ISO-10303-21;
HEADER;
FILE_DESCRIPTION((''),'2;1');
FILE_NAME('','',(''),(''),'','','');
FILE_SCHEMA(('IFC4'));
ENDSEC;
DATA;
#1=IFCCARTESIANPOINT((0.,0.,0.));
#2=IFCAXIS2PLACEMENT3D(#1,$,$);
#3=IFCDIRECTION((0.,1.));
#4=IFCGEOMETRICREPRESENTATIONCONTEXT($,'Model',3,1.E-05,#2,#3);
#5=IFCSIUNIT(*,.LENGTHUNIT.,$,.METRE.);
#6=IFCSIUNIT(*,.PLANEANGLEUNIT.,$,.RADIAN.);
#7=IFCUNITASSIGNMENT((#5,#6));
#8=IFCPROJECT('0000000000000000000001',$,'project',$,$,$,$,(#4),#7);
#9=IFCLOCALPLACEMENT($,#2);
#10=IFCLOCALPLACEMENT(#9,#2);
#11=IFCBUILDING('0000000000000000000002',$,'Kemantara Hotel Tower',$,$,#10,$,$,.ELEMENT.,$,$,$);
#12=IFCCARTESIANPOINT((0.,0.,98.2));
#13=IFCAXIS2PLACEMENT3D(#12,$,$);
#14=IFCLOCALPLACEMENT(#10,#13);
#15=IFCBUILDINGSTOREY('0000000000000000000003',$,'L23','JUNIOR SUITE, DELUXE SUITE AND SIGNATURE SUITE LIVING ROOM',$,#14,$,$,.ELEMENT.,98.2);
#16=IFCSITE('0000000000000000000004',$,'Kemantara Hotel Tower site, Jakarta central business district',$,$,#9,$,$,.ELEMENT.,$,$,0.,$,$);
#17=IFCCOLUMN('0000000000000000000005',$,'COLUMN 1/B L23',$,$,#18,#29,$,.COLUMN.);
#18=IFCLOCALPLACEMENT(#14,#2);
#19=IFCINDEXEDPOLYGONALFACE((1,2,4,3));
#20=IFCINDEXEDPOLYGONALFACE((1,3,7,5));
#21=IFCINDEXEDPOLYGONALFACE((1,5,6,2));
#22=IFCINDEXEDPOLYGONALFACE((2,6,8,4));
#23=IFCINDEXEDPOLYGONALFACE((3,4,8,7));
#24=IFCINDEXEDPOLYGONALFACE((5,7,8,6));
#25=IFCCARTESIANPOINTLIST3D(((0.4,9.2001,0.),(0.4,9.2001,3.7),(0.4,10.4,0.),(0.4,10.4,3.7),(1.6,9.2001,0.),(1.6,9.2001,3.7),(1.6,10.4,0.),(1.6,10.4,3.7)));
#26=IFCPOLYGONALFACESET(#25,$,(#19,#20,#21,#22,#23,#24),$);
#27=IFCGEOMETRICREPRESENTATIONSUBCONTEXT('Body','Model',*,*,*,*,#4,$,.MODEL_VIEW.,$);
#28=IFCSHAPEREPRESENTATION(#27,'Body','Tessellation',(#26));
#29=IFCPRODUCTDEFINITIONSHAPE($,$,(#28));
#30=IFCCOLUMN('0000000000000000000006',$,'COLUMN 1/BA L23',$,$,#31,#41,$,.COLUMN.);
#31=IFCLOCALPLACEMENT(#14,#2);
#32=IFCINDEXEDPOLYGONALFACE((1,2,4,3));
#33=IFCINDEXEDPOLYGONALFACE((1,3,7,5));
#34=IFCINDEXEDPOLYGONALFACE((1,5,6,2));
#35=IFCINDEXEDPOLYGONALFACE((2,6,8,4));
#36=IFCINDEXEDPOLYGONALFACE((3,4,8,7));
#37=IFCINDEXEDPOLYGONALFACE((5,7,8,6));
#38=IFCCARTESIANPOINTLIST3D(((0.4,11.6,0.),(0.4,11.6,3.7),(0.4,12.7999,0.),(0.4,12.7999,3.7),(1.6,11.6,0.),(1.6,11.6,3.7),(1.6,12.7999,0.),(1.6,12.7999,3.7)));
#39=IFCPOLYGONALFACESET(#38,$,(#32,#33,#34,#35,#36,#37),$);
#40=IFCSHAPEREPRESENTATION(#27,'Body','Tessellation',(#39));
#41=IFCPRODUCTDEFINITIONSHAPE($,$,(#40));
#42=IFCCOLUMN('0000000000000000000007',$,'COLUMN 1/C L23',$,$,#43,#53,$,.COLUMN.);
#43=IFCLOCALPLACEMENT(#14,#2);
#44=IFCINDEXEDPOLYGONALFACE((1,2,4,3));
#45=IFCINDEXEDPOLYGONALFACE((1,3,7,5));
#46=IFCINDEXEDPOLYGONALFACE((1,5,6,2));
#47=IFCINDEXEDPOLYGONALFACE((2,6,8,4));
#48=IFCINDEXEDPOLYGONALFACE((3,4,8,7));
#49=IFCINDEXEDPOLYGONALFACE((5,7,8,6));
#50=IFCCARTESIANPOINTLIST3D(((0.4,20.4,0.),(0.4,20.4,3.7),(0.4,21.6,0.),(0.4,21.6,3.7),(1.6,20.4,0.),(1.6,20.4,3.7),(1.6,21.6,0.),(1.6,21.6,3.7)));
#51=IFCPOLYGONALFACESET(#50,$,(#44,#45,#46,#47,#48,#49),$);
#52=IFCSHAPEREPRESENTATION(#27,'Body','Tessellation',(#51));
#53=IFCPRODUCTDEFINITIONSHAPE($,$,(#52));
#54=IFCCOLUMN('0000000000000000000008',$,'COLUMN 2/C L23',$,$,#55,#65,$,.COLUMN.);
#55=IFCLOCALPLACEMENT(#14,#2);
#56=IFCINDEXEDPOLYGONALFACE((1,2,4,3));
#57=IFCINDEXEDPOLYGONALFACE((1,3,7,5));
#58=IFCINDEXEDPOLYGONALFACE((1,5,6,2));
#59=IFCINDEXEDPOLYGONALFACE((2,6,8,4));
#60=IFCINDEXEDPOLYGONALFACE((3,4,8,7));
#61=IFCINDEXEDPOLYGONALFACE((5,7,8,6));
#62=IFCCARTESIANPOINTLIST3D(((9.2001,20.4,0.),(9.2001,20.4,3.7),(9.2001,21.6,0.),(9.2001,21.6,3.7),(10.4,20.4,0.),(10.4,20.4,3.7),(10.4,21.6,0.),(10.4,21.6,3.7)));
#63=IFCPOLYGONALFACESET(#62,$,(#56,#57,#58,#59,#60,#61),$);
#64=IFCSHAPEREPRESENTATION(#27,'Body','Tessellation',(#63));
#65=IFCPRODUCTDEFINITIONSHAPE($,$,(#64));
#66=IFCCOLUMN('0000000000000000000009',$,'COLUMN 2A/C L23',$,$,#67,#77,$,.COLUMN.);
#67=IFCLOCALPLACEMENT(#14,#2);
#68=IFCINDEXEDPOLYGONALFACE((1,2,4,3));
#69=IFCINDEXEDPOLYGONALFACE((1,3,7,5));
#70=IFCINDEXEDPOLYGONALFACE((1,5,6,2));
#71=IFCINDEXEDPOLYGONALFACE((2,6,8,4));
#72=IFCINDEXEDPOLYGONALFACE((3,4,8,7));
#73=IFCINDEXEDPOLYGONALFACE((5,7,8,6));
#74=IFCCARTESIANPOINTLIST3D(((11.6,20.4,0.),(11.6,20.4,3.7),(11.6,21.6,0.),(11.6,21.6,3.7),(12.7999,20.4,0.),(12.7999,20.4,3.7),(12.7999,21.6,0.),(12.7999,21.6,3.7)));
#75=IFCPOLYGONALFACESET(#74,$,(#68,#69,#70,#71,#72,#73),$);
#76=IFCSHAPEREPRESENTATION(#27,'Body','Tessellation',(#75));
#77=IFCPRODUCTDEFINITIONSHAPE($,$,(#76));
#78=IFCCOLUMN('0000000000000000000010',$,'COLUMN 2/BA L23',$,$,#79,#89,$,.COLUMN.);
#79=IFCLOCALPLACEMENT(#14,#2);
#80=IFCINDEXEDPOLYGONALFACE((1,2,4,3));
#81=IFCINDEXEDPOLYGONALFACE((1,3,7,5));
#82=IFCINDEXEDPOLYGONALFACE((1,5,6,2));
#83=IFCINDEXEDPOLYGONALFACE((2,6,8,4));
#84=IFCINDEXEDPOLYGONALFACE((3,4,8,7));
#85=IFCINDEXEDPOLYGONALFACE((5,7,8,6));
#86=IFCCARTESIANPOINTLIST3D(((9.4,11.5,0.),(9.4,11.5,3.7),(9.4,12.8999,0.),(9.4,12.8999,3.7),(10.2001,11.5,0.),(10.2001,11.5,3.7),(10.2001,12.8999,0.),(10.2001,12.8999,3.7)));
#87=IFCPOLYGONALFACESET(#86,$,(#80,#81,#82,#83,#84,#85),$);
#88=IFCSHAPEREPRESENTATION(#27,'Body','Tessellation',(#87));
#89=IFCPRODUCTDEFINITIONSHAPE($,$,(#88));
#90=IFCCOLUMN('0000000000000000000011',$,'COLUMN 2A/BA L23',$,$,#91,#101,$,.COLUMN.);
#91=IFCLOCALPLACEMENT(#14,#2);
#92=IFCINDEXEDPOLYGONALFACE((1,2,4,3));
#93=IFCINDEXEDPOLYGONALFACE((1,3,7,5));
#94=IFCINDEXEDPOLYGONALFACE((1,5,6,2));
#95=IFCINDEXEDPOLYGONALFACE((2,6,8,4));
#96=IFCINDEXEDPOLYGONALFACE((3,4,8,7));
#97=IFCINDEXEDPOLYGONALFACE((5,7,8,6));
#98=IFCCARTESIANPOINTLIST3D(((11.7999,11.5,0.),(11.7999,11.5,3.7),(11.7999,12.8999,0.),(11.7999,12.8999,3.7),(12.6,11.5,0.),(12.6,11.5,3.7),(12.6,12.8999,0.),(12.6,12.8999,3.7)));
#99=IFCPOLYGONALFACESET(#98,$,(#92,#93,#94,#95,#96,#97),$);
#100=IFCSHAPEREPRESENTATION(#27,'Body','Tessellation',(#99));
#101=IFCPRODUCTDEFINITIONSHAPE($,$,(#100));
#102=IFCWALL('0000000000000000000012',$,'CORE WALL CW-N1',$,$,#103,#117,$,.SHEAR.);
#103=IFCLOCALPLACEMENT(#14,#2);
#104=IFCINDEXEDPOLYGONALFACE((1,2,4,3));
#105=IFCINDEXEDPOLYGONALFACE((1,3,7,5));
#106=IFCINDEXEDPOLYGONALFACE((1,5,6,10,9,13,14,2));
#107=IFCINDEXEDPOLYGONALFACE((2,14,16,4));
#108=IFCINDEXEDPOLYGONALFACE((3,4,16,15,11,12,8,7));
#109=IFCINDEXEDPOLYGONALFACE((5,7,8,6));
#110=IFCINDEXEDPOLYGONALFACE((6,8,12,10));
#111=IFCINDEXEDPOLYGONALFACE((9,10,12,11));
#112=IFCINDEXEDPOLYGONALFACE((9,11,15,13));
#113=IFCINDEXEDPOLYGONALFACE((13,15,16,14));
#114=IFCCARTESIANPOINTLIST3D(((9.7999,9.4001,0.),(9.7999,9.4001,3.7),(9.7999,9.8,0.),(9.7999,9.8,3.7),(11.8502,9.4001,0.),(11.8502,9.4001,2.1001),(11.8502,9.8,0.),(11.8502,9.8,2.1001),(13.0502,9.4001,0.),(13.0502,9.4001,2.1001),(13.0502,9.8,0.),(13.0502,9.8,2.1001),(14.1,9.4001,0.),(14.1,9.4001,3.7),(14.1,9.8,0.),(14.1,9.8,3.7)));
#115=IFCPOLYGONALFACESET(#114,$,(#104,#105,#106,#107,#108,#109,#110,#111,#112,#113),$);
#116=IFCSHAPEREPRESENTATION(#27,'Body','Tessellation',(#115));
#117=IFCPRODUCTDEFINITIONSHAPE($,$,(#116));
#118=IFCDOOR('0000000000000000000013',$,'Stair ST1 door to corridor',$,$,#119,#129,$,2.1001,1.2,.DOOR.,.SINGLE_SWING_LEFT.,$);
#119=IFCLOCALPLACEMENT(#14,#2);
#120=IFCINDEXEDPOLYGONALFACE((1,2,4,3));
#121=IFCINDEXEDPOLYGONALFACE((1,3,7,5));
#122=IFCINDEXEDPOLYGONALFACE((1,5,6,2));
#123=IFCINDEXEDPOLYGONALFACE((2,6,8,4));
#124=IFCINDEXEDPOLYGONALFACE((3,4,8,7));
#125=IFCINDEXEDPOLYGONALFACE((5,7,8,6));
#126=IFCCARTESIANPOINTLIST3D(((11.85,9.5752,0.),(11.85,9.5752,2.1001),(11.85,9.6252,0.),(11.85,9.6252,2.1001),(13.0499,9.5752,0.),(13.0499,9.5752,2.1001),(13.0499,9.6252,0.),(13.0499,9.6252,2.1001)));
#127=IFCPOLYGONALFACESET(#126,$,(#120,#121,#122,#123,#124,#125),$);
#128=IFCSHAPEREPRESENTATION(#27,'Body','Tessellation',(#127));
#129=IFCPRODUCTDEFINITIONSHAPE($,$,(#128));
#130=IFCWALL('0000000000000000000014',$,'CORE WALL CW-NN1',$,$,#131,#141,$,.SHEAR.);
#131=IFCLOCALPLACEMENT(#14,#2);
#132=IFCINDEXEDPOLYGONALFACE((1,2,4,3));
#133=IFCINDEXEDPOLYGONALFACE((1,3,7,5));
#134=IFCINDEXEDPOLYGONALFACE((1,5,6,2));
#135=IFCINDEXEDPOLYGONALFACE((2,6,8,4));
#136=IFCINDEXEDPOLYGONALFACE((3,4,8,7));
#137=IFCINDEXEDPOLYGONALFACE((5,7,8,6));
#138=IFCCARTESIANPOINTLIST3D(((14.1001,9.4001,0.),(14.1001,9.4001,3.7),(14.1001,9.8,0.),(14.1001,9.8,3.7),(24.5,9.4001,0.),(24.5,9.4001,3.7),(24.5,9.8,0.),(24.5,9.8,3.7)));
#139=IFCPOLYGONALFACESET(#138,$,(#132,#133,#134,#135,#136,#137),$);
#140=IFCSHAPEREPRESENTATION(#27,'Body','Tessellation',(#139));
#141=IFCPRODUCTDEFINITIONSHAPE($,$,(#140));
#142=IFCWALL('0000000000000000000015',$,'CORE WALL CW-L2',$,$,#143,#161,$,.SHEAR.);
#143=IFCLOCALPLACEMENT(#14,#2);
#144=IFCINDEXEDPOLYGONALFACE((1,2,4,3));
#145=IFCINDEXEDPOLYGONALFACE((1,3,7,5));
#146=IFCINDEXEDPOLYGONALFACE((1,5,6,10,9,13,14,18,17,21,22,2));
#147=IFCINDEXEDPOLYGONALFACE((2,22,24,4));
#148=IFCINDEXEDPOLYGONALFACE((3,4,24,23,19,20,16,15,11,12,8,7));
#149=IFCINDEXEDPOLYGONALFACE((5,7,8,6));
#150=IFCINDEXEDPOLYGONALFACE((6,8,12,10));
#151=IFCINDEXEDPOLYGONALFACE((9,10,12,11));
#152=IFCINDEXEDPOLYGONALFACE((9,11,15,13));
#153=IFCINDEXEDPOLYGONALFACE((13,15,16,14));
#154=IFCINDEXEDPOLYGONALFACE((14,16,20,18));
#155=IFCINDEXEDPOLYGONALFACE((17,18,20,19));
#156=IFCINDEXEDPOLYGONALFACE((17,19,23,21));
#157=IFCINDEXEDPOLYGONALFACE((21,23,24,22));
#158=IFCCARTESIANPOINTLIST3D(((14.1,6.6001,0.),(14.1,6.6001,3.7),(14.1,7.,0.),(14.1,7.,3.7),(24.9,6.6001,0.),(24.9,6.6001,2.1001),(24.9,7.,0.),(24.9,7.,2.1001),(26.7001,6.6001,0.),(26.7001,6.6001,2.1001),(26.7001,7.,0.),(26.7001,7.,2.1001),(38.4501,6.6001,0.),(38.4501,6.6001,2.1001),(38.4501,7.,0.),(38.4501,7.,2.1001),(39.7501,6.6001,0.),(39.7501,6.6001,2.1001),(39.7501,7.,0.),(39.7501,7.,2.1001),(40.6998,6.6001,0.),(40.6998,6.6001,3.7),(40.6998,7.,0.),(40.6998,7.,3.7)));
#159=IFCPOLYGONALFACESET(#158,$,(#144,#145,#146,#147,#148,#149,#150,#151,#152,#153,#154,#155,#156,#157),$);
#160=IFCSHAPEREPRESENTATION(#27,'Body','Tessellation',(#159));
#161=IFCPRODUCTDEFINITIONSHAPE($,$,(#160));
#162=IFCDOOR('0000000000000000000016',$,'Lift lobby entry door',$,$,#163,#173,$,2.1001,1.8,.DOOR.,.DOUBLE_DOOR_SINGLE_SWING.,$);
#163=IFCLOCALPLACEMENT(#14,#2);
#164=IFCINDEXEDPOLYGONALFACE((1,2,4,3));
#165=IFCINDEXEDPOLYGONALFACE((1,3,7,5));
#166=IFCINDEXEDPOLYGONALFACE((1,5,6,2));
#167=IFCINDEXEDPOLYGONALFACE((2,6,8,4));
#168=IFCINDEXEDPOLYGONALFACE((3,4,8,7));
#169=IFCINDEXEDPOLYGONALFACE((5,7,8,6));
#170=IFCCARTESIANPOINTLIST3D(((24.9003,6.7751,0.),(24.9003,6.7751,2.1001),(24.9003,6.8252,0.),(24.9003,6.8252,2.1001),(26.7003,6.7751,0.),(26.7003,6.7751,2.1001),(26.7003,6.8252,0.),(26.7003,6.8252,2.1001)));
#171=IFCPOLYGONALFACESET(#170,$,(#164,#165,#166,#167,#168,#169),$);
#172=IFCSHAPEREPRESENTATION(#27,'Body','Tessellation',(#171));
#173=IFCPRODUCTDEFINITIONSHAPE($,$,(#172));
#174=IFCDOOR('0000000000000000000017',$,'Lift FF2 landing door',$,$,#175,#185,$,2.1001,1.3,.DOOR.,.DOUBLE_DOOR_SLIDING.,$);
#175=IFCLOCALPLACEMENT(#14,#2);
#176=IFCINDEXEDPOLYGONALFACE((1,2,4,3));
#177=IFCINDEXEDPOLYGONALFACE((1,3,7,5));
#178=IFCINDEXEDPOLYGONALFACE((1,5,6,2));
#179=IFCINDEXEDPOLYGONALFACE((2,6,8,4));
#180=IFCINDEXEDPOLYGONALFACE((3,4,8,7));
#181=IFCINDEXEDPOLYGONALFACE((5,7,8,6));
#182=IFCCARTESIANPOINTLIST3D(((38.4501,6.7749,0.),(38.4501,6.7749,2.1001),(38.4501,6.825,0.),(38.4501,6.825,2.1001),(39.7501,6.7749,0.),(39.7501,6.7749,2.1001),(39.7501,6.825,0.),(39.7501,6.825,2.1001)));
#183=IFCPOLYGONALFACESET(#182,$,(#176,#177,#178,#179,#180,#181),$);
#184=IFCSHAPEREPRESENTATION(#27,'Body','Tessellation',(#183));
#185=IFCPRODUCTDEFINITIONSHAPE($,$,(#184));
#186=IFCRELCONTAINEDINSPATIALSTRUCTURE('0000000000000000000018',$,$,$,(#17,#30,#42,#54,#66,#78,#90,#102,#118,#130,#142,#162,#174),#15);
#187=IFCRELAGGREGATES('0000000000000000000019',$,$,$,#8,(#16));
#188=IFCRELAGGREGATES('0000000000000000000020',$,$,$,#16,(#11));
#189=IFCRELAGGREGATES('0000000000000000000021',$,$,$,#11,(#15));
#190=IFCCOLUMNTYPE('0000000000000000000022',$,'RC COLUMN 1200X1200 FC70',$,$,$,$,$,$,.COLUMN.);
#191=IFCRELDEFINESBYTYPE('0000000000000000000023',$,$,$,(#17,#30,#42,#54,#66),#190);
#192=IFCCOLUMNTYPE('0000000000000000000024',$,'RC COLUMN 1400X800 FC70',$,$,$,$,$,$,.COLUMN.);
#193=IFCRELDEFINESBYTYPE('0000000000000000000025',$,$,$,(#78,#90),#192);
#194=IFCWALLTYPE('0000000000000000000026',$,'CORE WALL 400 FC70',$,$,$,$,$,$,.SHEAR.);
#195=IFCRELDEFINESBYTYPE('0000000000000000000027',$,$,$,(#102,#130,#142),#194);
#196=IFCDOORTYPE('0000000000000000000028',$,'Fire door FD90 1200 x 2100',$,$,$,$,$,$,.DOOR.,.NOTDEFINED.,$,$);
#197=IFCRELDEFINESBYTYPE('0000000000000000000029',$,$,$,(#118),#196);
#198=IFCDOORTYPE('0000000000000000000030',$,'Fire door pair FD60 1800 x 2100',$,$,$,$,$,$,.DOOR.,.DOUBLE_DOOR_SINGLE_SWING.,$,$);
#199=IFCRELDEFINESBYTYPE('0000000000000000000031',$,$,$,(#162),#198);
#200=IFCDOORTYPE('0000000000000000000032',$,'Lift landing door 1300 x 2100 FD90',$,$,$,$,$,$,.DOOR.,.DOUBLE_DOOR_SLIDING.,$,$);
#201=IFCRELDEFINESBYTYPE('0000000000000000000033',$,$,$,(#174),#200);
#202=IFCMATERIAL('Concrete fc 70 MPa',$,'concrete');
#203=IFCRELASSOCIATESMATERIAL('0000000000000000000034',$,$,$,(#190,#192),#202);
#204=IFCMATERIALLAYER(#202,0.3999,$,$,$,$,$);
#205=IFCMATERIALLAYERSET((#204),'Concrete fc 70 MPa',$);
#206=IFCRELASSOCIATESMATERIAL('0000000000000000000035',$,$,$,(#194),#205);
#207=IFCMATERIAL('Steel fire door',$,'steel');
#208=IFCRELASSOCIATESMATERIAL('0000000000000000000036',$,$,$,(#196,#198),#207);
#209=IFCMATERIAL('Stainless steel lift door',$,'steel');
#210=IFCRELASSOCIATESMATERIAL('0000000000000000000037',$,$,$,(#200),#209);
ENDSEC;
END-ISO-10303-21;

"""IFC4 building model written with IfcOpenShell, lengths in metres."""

from ifc_helpers import new_model, si_unit, direction, frame, frame_2d, origin, origin_2d, place, context, subcontext, project, spatial, rectangle, extrude, material, layer, layer_set, material_profile, profile_set, type_object, element, fill, save


model = new_model("IFC4")

# Units and contexts
model_context = context("Model", 3, precision=1e-05, world=origin(), true_north=direction((0.0, 1.0)))
body_context = subcontext(model_context, "Body", "Model", "MODEL_VIEW")
ifc_project = project(units=[si_unit("LENGTHUNIT", "METRE"), si_unit("PLANEANGLEUNIT", "RADIAN")], contexts=[model_context])

# Site, building, storey
site_placement = place(None, origin())
site = spatial("IfcSite", under=ifc_project, at=site_placement, Name="Kemantara Hotel Tower site, Jakarta central business district", CompositionType="ELEMENT", RefElevation=0.0)
building_placement = place(site_placement, origin())
building = spatial("IfcBuilding", under=site, at=building_placement, Name="Kemantara Hotel Tower", CompositionType="ELEMENT")
storey_placement = place(building_placement, frame((0.0, 0.0, 98.2)))
storey = spatial("IfcBuildingStorey", under=building, at=storey_placement, Name="L23", Description="JUNIOR SUITE, DELUXE SUITE AND SIGNATURE SUITE LIVING ROOM", CompositionType="ELEMENT", Elevation=98.2)

# Columns
ifc_material_1 = material(Name="Concrete fc 70 MPa", Category="concrete")
ifc_material_profile_1 = material_profile(ifc_material_1, rectangle(XDim=1.2, YDim=1.2, at=origin_2d()), Name="RC 1200X1200")
ifc_profile_set_1 = profile_set([ifc_material_profile_1], Name="Concrete fc 70 MPa")
column_type_1 = type_object("IfcColumnType", Name="RC COLUMN 1200X1200 FC70", PredefinedType="COLUMN", material=ifc_profile_set_1)
for number, where, z_axis, x_axis, name in (
    (1, (1.0, 9.8, 0.0), (0.0, 0.0, 1.0), (1.0, 0.0, 0.0), "COLUMN 1/B L23"),
    (2, (1.0, 12.2, 0.0), (0.0, 0.0, 1.0), (1.0, 0.0, 0.0), "COLUMN 1/BA L23"),
    (3, (1.0, 21.0, 0.0), (0.0, 0.0, 1.0), (1.0, 0.0, 0.0), "COLUMN 1/C L23"),
    (4, (9.8, 21.0, 0.0), (0.0, 0.0, 1.0), (1.0, 0.0, 0.0), "COLUMN 2/C L23"),
    (5, (12.2, 21.0, 0.0), (0.0, 0.0, 1.0), (1.0, 0.0, 0.0), "COLUMN 2A/C L23"),
):
    element("IfcColumn", number, at=place(storey_placement, frame(where, z_axis=z_axis, x_axis=x_axis)), inside=storey, type_object=column_type_1, Name=name, PredefinedType="COLUMN", context=body_context, shape_type="SweptSolid", body=[
        extrude(rectangle(XDim=1.2, YDim=1.2, at=origin_2d()), origin(), (0.0, 0.0, 1.0), 3.7),
    ])
ifc_material_profile_2 = material_profile(ifc_material_1, rectangle(XDim=1.3999, YDim=0.8, at=origin_2d()), Name="RC 1400X800")
ifc_profile_set_2 = profile_set([ifc_material_profile_2], Name="Concrete fc 70 MPa")
column_type_2 = type_object("IfcColumnType", Name="RC COLUMN 1400X800 FC70", PredefinedType="COLUMN", material=ifc_profile_set_2)
for number, where, z_axis, x_axis, name in (
    (6, (9.8, 12.2, 0.0), (0.0, 0.0, 1.0), (0.0, 1.0, 0.0), "COLUMN 2/BA L23"),
    (7, (12.2, 12.2, 0.0), (0.0, 0.0, 1.0), (0.0, 1.0, 0.0), "COLUMN 2A/BA L23"),
):
    element("IfcColumn", number, at=place(storey_placement, frame(where, z_axis=z_axis, x_axis=x_axis)), inside=storey, type_object=column_type_2, Name=name, PredefinedType="COLUMN", context=body_context, shape_type="SweptSolid", body=[
        extrude(rectangle(XDim=1.3999, YDim=0.8, at=origin_2d()), origin(), (0.0, 0.0, 1.0), 3.7),
    ])

# Wall, opening, door
ifc_layer_1 = layer(ifc_material_1, 0.3999)
ifc_layer_set_1 = layer_set([ifc_layer_1], Name="Concrete fc 70 MPa")
wall_type_1 = type_object("IfcWallType", Name="CORE WALL 400 FC70", PredefinedType="SHEAR", material=ifc_layer_set_1)
wall_1_placement = place(storey_placement, frame((9.8, 9.6001, 0.0), z_axis=(0.0, 0.0, 1.0), x_axis=(1.0, 0.0, 0.0)))
wall_1 = element("IfcWall", 8, at=wall_1_placement, inside=storey, type_object=wall_type_1, Name="CORE WALL CW-N1", PredefinedType="SHEAR", context=body_context, shape_type="SweptSolid", body=[
    extrude(rectangle(XDim=4.3, YDim=0.3999, at=frame_2d((2.1499, 0.0))), origin(), (0.0, 0.0, 1.0), 3.7),
])
opening_1_placement = place(wall_1_placement, frame((2.05, 0.0, 0.0)))
opening_1 = element("IfcOpeningElement", 9, at=opening_1_placement, cuts=wall_1, PredefinedType="OPENING", context=body_context, shape_type="SweptSolid", body=[
    extrude(rectangle(XDim=1.2, YDim=2.1001, at=frame_2d((0.6001, 1.05))), frame((0.0, 0.21, 0.0), z_axis=(0.0, -1.0, 0.0), x_axis=(1.0, 0.0, 0.0)), (0.0, 0.0, 1.0), 0.4199),
])
ifc_material_2 = material(Name="Steel fire door", Category="steel")
door_type_1 = type_object("IfcDoorType", Name="Fire door FD90 1200 x 2100", OperationType="NOTDEFINED", PredefinedType="DOOR", material=ifc_material_2)
door_1_placement = place(opening_1_placement, frame((1.2, 0.0, 0.0), z_axis=(0.0, 0.0, 1.0), x_axis=(-1.0, 0.0, 0.0)))
door_1 = element("IfcDoor", 10, at=door_1_placement, inside=storey, type_object=door_type_1, Name="Stair ST1 door to corridor", OperationType="SINGLE_SWING_LEFT", OverallHeight=2.1001, OverallWidth=1.2, PredefinedType="DOOR", context=body_context, shape_type="SweptSolid", body=[
    extrude(rectangle(XDim=1.2, YDim=2.1001, at=frame_2d((0.6001, 1.05))), frame((0.0, 0.0249, 0.0), z_axis=(0.0, -1.0, 0.0), x_axis=(1.0, 0.0, 0.0)), (0.0, 0.0, 1.0), 0.05),
])
fill(opening_1, door_1)

# Wall
wall_2_placement = place(storey_placement, frame((14.1001, 9.6001, 0.0), z_axis=(0.0, 0.0, 1.0), x_axis=(1.0, 0.0, 0.0)))
element("IfcWall", 11, at=wall_2_placement, inside=storey, type_object=wall_type_1, Name="CORE WALL CW-NN1", PredefinedType="SHEAR", context=body_context, shape_type="SweptSolid", body=[
    extrude(rectangle(XDim=10.3999, YDim=0.3999, at=frame_2d((5.2, 0.0))), origin(), (0.0, 0.0, 1.0), 3.7),
])

# Wall, openings, doors
wall_3_placement = place(storey_placement, frame((14.1001, 6.8, 0.0), z_axis=(0.0, 0.0, 1.0), x_axis=(1.0, 0.0, 0.0)))
wall_3 = element("IfcWall", 12, at=wall_3_placement, inside=storey, type_object=wall_type_1, Name="CORE WALL CW-L2", PredefinedType="SHEAR", context=body_context, shape_type="SweptSolid", body=[
    extrude(rectangle(XDim=26.5999, YDim=0.3999, at=frame_2d((13.2998, 0.0))), origin(), (0.0, 0.0, 1.0), 3.7),
])
opening_2_placement = place(wall_3_placement, frame((10.8, 0.0, 0.0)))
opening_2 = element("IfcOpeningElement", 13, at=opening_2_placement, cuts=wall_3, PredefinedType="OPENING", context=body_context, shape_type="SweptSolid", body=[
    extrude(rectangle(XDim=1.8, YDim=2.1001, at=frame_2d((0.8999, 1.05))), frame((0.0, 0.21, 0.0), z_axis=(0.0, -1.0, 0.0), x_axis=(1.0, 0.0, 0.0)), (0.0, 0.0, 1.0), 0.4199),
])
opening_3_placement = place(wall_3_placement, frame((24.3501, 0.0, 0.0)))
opening_3 = element("IfcOpeningElement", 14, at=opening_3_placement, cuts=wall_3, PredefinedType="OPENING", context=body_context, shape_type="SweptSolid", body=[
    extrude(rectangle(XDim=1.3, YDim=2.1001, at=frame_2d((0.6499, 1.05))), frame((0.0, 0.21, 0.0), z_axis=(0.0, -1.0, 0.0), x_axis=(1.0, 0.0, 0.0)), (0.0, 0.0, 1.0), 0.4199),
])
door_type_2 = type_object("IfcDoorType", Name="Fire door pair FD60 1800 x 2100", OperationType="DOUBLE_DOOR_SINGLE_SWING", PredefinedType="DOOR", material=ifc_material_2)
door_2_placement = place(opening_2_placement, frame((1.8, 0.0, 0.0), z_axis=(0.0, 0.0, 1.0), x_axis=(-1.0, 0.0, 0.0)))
door_2 = element("IfcDoor", 15, at=door_2_placement, inside=storey, type_object=door_type_2, Name="Lift lobby entry door", OperationType="DOUBLE_DOOR_SINGLE_SWING", OverallHeight=2.1001, OverallWidth=1.8, PredefinedType="DOOR", context=body_context, shape_type="SweptSolid", body=[
    extrude(rectangle(XDim=1.8, YDim=2.1001, at=frame_2d((0.8999, 1.05))), frame((0.0, 0.0249, 0.0), z_axis=(0.0, -1.0, 0.0), x_axis=(1.0, 0.0, 0.0)), (0.0, 0.0, 1.0), 0.05),
])
fill(opening_2, door_2)
ifc_material_3 = material(Name="Stainless steel lift door", Category="steel")
door_type_3 = type_object("IfcDoorType", Name="Lift landing door 1300 x 2100 FD90", OperationType="DOUBLE_DOOR_SLIDING", PredefinedType="DOOR", material=ifc_material_3)
door_3_placement = place(opening_3_placement, origin())
door_3 = element("IfcDoor", 16, at=door_3_placement, inside=storey, type_object=door_type_3, Name="Lift FF2 landing door", OperationType="DOUBLE_DOOR_SLIDING", OverallHeight=2.1001, OverallWidth=1.3, PredefinedType="DOOR", context=body_context, shape_type="SweptSolid", body=[
    extrude(rectangle(XDim=1.3, YDim=2.1001, at=frame_2d((0.6499, 1.05))), frame((0.0, 0.0249, 0.0), z_axis=(0.0, -1.0, 0.0), x_axis=(1.0, 0.0, 0.0)), (0.0, 0.0, 1.0), 0.05),
])
fill(opening_3, door_3)

save(model, "model.ifc")
